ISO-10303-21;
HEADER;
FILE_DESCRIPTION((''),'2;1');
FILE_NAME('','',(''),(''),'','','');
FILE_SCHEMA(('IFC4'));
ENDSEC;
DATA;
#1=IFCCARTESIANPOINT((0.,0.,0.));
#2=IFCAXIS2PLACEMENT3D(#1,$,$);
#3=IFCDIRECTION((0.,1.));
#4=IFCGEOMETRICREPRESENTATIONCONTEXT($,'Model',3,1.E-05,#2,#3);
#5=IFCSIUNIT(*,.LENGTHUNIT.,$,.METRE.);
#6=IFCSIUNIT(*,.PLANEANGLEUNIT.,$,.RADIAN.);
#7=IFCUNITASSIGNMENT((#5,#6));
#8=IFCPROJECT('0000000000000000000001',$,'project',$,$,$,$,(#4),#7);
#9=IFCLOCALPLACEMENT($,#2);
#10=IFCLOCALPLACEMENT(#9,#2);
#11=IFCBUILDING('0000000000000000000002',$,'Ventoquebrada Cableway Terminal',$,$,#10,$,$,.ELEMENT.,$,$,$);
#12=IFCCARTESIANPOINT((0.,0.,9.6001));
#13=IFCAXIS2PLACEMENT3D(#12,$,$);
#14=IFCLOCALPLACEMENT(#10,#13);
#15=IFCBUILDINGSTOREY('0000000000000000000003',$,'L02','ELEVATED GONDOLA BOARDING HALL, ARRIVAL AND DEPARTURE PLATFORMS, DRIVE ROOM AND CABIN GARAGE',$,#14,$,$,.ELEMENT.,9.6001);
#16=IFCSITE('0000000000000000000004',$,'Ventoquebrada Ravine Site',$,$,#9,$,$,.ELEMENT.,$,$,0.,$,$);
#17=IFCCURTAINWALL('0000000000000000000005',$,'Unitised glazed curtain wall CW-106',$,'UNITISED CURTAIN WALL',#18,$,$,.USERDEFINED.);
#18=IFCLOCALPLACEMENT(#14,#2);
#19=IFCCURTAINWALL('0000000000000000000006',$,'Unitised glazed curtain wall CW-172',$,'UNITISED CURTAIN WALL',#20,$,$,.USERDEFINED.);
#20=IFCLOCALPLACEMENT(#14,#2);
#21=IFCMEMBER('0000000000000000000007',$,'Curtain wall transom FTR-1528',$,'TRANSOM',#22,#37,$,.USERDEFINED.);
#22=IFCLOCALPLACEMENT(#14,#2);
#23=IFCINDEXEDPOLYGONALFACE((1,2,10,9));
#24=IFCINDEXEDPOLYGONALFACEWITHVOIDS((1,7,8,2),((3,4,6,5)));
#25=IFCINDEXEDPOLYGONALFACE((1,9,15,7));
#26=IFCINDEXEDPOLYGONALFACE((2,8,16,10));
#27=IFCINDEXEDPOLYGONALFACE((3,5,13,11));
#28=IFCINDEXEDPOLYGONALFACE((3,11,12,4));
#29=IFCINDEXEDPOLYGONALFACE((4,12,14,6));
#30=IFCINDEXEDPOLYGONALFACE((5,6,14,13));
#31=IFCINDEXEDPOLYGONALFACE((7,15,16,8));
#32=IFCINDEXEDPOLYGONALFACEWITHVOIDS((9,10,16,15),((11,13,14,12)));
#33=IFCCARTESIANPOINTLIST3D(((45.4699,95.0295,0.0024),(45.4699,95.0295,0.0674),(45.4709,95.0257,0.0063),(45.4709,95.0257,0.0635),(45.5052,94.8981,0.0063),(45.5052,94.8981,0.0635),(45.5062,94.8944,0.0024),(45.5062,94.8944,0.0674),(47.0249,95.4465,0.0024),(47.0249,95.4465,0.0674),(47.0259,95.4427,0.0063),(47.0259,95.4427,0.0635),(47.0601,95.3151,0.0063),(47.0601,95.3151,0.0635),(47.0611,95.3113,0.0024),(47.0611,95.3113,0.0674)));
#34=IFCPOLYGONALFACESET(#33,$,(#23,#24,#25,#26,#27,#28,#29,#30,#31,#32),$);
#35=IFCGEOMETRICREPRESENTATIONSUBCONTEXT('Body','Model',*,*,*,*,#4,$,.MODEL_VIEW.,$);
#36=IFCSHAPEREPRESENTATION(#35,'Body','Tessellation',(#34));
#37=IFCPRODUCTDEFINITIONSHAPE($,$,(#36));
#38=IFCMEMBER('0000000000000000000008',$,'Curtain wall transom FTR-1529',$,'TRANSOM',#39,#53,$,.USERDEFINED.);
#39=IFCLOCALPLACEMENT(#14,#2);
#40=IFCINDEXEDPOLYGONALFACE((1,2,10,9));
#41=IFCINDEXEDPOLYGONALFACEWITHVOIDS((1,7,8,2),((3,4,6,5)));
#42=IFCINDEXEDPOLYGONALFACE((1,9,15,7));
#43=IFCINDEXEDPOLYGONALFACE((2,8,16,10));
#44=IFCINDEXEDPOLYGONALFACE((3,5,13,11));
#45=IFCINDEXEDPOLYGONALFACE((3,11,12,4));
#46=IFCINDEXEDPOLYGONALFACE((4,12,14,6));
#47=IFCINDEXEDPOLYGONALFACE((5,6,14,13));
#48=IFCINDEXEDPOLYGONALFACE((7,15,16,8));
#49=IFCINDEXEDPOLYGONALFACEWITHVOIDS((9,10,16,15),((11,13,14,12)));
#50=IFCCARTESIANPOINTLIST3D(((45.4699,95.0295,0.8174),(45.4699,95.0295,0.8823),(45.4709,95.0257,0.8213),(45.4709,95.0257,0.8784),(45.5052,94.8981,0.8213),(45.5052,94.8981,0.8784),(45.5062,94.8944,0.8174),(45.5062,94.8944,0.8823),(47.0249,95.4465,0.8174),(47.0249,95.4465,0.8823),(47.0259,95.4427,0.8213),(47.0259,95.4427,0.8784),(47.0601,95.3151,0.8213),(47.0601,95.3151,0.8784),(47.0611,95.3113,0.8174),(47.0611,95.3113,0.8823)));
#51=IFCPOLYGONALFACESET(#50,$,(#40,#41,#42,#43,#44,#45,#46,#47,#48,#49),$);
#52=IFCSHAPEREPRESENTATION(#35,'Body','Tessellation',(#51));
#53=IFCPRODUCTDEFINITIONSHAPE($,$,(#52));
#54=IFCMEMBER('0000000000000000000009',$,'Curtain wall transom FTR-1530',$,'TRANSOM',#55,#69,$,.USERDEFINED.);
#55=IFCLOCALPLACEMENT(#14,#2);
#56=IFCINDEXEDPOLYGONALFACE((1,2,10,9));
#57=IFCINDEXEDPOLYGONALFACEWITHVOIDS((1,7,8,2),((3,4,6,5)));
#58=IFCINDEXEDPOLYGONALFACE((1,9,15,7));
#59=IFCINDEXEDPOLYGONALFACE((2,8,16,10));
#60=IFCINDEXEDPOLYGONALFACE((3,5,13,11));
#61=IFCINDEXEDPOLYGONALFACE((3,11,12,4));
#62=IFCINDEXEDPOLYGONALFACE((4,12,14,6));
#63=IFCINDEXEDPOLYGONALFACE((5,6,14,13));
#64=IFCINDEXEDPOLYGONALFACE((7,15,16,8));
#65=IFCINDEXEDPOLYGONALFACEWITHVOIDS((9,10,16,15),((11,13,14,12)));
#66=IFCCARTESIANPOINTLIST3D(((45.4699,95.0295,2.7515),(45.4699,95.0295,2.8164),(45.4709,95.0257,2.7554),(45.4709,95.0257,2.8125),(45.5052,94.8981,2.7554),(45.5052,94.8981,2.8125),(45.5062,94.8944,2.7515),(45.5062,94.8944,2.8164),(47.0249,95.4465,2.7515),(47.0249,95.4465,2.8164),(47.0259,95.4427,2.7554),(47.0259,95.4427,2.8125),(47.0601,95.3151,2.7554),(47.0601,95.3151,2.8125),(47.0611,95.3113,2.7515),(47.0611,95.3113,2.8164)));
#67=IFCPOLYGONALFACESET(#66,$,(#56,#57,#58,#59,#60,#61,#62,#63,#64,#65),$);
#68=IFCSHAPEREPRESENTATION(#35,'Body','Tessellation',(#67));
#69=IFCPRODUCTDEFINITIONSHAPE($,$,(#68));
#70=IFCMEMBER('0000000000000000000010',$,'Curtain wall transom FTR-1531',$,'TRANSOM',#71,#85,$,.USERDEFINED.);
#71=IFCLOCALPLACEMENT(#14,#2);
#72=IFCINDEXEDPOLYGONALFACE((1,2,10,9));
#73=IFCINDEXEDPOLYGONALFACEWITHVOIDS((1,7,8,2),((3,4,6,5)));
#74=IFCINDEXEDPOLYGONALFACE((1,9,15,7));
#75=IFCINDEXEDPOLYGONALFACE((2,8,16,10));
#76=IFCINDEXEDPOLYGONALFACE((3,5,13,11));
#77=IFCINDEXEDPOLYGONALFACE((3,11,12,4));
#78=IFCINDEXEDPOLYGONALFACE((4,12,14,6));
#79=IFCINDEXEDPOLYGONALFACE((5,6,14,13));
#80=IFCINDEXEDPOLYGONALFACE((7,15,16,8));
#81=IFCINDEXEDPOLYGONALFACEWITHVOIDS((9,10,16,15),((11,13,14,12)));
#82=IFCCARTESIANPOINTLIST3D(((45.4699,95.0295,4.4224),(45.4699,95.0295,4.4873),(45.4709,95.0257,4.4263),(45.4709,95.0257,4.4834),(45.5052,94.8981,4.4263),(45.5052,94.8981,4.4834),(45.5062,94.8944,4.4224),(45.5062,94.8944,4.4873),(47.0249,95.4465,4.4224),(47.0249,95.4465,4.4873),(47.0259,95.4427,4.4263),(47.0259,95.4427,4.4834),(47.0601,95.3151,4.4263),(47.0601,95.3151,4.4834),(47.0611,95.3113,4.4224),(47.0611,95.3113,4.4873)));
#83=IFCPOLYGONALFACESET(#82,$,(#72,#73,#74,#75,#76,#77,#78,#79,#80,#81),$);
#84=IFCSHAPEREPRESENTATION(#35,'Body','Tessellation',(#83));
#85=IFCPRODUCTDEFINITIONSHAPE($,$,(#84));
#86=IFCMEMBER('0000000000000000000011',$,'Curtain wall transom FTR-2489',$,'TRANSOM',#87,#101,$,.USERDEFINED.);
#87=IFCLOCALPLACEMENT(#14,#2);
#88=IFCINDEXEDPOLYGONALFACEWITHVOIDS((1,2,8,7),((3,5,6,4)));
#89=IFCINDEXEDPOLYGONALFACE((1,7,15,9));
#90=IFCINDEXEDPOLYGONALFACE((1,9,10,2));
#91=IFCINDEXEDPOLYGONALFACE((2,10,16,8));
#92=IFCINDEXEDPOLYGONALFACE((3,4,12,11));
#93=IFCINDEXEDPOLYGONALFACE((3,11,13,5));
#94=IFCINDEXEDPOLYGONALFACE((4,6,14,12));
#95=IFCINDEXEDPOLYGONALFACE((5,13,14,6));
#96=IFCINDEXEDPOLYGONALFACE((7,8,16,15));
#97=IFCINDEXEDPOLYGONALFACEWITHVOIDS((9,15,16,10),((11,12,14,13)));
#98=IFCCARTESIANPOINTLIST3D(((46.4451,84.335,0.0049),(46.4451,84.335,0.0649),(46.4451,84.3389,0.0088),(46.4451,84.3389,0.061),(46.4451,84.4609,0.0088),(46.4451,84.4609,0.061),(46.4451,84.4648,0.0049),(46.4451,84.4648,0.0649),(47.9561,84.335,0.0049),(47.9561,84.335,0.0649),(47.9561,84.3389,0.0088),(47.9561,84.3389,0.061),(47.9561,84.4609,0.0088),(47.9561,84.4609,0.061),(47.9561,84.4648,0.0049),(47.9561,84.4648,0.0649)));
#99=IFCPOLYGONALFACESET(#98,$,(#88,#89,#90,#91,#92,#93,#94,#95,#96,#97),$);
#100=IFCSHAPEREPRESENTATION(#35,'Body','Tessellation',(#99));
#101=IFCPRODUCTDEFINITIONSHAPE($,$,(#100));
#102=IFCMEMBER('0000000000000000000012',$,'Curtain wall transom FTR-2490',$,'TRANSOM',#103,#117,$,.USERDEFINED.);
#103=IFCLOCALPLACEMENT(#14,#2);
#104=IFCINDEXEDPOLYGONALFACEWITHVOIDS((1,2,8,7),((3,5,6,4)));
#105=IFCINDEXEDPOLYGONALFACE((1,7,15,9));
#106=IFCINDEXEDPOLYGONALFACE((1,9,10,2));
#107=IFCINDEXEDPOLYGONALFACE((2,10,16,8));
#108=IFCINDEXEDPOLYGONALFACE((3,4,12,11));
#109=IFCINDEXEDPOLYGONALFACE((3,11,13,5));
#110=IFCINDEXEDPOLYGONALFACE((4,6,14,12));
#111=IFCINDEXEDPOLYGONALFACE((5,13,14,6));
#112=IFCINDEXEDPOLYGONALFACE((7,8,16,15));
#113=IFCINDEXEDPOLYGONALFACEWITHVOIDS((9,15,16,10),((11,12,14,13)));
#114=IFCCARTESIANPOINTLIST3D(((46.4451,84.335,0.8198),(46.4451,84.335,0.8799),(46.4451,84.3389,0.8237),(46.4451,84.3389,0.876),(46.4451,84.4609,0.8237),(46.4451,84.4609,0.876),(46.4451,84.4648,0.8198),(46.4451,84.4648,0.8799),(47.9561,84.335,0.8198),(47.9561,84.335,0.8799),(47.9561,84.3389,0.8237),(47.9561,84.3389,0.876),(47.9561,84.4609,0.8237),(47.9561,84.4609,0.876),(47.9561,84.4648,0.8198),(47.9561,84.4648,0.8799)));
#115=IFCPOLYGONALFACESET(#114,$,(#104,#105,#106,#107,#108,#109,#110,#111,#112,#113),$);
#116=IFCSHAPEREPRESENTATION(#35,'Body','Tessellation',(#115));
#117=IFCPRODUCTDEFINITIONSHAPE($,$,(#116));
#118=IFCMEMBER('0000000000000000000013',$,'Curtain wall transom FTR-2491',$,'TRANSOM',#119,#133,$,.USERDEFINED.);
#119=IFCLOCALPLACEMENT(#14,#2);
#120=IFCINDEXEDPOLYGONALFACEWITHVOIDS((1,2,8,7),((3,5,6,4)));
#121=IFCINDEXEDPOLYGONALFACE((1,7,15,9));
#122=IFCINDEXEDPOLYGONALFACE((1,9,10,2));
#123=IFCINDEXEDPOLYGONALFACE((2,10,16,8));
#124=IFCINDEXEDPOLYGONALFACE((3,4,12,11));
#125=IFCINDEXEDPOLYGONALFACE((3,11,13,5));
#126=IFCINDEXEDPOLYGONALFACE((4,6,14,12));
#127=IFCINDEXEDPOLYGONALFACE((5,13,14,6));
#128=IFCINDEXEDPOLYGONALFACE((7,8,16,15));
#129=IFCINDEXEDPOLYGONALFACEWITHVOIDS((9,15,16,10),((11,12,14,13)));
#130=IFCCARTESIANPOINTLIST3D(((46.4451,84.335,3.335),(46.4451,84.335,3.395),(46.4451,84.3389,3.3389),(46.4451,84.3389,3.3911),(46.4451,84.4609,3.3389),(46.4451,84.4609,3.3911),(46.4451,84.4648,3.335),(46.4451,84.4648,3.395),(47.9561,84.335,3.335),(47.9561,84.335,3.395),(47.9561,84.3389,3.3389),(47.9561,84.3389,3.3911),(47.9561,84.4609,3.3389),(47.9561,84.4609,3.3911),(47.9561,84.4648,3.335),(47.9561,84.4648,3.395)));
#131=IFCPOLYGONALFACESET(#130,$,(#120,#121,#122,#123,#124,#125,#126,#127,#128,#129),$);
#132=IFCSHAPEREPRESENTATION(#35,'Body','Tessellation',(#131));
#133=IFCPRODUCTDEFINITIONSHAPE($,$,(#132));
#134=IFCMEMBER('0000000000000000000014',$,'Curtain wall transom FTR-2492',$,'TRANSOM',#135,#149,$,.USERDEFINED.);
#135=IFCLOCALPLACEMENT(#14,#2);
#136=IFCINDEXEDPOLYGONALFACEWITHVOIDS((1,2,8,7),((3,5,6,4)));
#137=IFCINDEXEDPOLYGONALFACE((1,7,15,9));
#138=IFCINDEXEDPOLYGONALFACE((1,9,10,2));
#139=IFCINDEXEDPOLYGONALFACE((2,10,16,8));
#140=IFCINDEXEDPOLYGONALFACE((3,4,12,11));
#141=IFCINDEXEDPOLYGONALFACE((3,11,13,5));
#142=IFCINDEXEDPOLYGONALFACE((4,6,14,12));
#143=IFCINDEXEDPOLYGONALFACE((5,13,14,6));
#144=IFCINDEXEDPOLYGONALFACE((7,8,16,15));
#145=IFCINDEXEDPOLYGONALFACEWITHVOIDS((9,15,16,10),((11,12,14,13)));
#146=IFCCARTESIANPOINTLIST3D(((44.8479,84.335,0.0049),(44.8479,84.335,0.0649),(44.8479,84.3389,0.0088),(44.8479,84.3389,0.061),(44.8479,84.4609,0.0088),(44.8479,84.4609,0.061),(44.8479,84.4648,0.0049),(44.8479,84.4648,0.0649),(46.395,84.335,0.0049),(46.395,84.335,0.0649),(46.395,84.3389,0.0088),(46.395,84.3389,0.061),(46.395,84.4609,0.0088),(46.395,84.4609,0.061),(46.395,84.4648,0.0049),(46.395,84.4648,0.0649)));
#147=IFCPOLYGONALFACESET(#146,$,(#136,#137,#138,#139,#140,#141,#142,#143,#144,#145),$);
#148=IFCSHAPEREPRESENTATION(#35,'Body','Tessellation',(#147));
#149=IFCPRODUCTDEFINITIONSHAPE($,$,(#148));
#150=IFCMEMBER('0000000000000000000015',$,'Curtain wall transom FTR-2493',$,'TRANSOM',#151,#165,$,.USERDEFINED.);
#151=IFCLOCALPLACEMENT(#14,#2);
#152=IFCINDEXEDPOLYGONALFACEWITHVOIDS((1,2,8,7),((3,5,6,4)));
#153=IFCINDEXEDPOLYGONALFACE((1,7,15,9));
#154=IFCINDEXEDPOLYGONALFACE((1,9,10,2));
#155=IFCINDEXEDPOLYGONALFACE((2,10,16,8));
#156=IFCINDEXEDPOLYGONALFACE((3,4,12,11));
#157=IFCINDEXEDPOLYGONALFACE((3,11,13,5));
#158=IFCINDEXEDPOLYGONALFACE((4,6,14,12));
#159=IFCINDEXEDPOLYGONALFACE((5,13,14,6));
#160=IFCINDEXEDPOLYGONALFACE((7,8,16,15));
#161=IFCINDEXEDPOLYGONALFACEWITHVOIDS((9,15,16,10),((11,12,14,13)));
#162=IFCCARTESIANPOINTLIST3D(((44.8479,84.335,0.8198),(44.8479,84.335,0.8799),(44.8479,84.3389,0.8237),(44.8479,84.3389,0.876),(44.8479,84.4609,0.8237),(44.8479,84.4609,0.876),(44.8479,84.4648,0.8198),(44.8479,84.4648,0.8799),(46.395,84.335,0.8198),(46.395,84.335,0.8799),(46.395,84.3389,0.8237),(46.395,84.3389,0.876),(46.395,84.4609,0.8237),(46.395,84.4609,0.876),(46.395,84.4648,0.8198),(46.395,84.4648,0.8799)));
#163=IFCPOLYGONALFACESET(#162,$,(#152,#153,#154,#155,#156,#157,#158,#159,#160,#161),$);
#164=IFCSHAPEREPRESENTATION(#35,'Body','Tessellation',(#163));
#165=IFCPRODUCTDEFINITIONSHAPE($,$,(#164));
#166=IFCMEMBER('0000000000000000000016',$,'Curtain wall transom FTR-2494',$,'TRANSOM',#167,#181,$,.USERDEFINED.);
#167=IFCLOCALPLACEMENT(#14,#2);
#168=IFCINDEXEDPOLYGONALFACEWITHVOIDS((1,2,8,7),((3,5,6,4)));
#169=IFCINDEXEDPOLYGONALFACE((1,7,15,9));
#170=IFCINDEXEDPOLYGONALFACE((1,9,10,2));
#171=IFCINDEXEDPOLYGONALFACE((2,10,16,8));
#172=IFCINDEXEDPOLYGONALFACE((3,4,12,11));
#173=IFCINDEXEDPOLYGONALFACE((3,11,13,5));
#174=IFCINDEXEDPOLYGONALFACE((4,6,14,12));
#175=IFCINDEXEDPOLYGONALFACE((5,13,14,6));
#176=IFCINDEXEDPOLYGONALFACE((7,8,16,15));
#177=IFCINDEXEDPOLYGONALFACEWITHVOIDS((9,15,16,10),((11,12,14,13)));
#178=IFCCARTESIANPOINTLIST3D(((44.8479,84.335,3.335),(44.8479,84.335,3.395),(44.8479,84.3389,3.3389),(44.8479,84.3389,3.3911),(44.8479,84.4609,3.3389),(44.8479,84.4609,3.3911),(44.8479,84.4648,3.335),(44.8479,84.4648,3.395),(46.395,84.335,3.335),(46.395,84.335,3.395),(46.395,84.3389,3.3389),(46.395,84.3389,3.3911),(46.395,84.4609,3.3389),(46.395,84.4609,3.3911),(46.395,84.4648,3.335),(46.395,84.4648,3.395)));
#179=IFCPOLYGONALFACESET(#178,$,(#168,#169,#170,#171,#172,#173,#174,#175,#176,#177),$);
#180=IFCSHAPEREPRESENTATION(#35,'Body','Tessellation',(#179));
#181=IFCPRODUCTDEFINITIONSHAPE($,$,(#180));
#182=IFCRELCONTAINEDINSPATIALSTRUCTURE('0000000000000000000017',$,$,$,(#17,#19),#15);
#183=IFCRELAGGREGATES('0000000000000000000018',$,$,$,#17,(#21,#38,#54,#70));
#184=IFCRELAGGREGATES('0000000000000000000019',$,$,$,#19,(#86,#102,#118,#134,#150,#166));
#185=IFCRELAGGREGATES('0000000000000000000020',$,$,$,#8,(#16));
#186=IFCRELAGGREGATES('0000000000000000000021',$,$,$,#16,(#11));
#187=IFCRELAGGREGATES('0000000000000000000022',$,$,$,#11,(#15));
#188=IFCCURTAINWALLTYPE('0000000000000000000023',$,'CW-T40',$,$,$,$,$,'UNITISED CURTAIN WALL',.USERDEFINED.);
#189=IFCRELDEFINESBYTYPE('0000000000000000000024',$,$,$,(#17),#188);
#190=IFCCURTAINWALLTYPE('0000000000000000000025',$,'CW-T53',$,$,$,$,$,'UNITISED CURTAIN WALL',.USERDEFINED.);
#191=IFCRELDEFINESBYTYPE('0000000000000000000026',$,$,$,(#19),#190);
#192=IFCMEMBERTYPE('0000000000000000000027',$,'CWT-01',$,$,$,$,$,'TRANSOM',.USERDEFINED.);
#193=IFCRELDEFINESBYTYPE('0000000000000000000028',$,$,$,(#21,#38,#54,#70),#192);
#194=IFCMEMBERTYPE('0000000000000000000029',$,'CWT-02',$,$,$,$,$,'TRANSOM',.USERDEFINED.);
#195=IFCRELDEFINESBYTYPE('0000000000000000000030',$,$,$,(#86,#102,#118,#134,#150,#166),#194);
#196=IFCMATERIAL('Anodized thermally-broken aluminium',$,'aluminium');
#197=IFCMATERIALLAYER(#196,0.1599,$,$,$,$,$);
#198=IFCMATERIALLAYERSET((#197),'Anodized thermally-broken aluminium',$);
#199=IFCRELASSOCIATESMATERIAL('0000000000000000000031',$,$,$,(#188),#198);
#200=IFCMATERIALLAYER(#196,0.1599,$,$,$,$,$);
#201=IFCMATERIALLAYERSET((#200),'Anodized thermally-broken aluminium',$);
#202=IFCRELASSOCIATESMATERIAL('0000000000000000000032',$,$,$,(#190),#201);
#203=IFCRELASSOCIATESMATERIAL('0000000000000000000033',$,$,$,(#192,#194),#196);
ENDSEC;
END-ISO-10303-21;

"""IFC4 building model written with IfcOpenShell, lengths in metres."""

from ifc_helpers import new_model, si_unit, direction, frame, origin, origin_2d, place, context, subcontext, project, spatial, hollow_rectangle, extrude, material, layer, layer_set, material_profile, profile_set, type_object, element, aggregate, save


model = new_model("IFC4")

# Units and contexts
model_context = context("Model", 3, precision=1e-05, world=origin(), true_north=direction((0.0, 1.0)))
body_context = subcontext(model_context, "Body", "Model", "MODEL_VIEW")
ifc_project = project(units=[si_unit("LENGTHUNIT", "METRE"), si_unit("PLANEANGLEUNIT", "RADIAN")], contexts=[model_context])

# Site, building, storey
site_placement = place(None, origin())
site = spatial("IfcSite", under=ifc_project, at=site_placement, Name="Ventoquebrada Ravine Site", CompositionType="ELEMENT", RefElevation=0.0)
building_placement = place(site_placement, origin())
building = spatial("IfcBuilding", under=site, at=building_placement, Name="Ventoquebrada Cableway Terminal", CompositionType="ELEMENT")
storey_placement = place(building_placement, frame((0.0, 0.0, 9.6001)))
storey = spatial("IfcBuildingStorey", under=building, at=storey_placement, Name="L02", Description="ELEVATED GONDOLA BOARDING HALL, ARRIVAL AND DEPARTURE PLATFORMS, DRIVE ROOM AND CABIN GARAGE", CompositionType="ELEMENT", Elevation=9.6001)

# Curtain wall
ifc_material_1 = material(Name="Anodized thermally-broken aluminium", Category="aluminium")
ifc_layer_1 = layer(ifc_material_1, 0.1599)
ifc_layer_set_1 = layer_set([ifc_layer_1], Name="Anodized thermally-broken aluminium")
curtain_wall_type_1 = type_object("IfcCurtainWallType", Name="CW-T40", ElementType="UNITISED CURTAIN WALL", PredefinedType="USERDEFINED", material=ifc_layer_set_1)
curtain_wall_1_placement = place(storey_placement, origin())
curtain_wall_1 = element("IfcCurtainWall", 1, at=curtain_wall_1_placement, inside=storey, type_object=curtain_wall_type_1, Name="Unitised glazed curtain wall CW-106", ObjectType="UNITISED CURTAIN WALL", PredefinedType="USERDEFINED")

# Curtain wall
ifc_layer_2 = layer(ifc_material_1, 0.1599)
ifc_layer_set_2 = layer_set([ifc_layer_2], Name="Anodized thermally-broken aluminium")
curtain_wall_type_2 = type_object("IfcCurtainWallType", Name="CW-T53", ElementType="UNITISED CURTAIN WALL", PredefinedType="USERDEFINED", material=ifc_layer_set_2)
curtain_wall_2_placement = place(storey_placement, origin())
curtain_wall_2 = element("IfcCurtainWall", 2, at=curtain_wall_2_placement, inside=storey, type_object=curtain_wall_type_2, Name="Unitised glazed curtain wall CW-172", ObjectType="UNITISED CURTAIN WALL", PredefinedType="USERDEFINED")

# Members
ifc_material_profile_1 = material_profile(ifc_material_1, hollow_rectangle(XDim=0.0649, YDim=0.1399, WallThickness=0.0039, at=origin_2d()), Name="CW-TRN-65X140")
ifc_profile_set_1 = profile_set([ifc_material_profile_1], Name="Anodized thermally-broken aluminium")
member_type_1 = type_object("IfcMemberType", Name="CWT-01", ElementType="TRANSOM", PredefinedType="USERDEFINED", material=ifc_profile_set_1)
member_1_placement = place(storey_placement, frame((47.043, 95.3789, 0.0349), z_axis=(-0.965872, -0.259022, 0.0), x_axis=(0.0, 0.0, 1.0)))
member_1 = element("IfcMember", 3, at=member_1_placement, type_object=member_type_1, Name="Curtain wall transom FTR-1528", ObjectType="TRANSOM", PredefinedType="USERDEFINED", context=body_context, shape_type="SweptSolid", body=[
    extrude(hollow_rectangle(XDim=0.0649, YDim=0.1399, WallThickness=0.0039, at=origin_2d()), origin(), (0.0, 0.0, 1.0), 1.6099),
])
member_2_placement = place(storey_placement, frame((47.043, 95.3789, 0.8499), z_axis=(-0.965872, -0.259022, 0.0), x_axis=(0.0, 0.0, 1.0)))
member_2 = element("IfcMember", 4, at=member_2_placement, type_object=member_type_1, Name="Curtain wall transom FTR-1529", ObjectType="TRANSOM", PredefinedType="USERDEFINED", context=body_context, shape_type="SweptSolid", body=[
    extrude(hollow_rectangle(XDim=0.0649, YDim=0.1399, WallThickness=0.0039, at=origin_2d()), origin(), (0.0, 0.0, 1.0), 1.6099),
])
member_3_placement = place(storey_placement, frame((47.043, 95.3789, 2.7839), z_axis=(-0.965872, -0.259022, 0.0), x_axis=(0.0, 0.0, 1.0)))
member_3 = element("IfcMember", 5, at=member_3_placement, type_object=member_type_1, Name="Curtain wall transom FTR-1530", ObjectType="TRANSOM", PredefinedType="USERDEFINED", context=body_context, shape_type="SweptSolid", body=[
    extrude(hollow_rectangle(XDim=0.0649, YDim=0.1399, WallThickness=0.0039, at=origin_2d()), origin(), (0.0, 0.0, 1.0), 1.6099),
])
member_4_placement = place(storey_placement, frame((47.043, 95.3789, 4.4548), z_axis=(-0.965872, -0.259022, 0.0), x_axis=(0.0, 0.0, 1.0)))
member_4 = element("IfcMember", 6, at=member_4_placement, type_object=member_type_1, Name="Curtain wall transom FTR-1531", ObjectType="TRANSOM", PredefinedType="USERDEFINED", context=body_context, shape_type="SweptSolid", body=[
    extrude(hollow_rectangle(XDim=0.0649, YDim=0.1399, WallThickness=0.0039, at=origin_2d()), origin(), (0.0, 0.0, 1.0), 1.6099),
])
ifc_material_profile_2 = material_profile(ifc_material_1, hollow_rectangle(XDim=0.0601, YDim=0.1299, WallThickness=0.0039, at=origin_2d()), Name="CW-TRN-60X130")
ifc_profile_set_2 = profile_set([ifc_material_profile_2], Name="Anodized thermally-broken aluminium")
member_type_2 = type_object("IfcMemberType", Name="CWT-02", ElementType="TRANSOM", PredefinedType="USERDEFINED", material=ifc_profile_set_2)
member_5_placement = place(storey_placement, frame((47.9561, 84.3999, 0.0349), z_axis=(-1.0, 0.0, 0.0), x_axis=(0.0, 0.0, 1.0)))
member_5 = element("IfcMember", 7, at=member_5_placement, type_object=member_type_2, Name="Curtain wall transom FTR-2489", ObjectType="TRANSOM", PredefinedType="USERDEFINED", context=body_context, shape_type="SweptSolid", body=[
    extrude(hollow_rectangle(XDim=0.0601, YDim=0.1299, WallThickness=0.0039, at=origin_2d()), origin(), (0.0, 0.0, 1.0), 1.511),
])
member_6_placement = place(storey_placement, frame((47.9561, 84.3999, 0.8499), z_axis=(-1.0, 0.0, 0.0), x_axis=(0.0, 0.0, 1.0)))
member_6 = element("IfcMember", 8, at=member_6_placement, type_object=member_type_2, Name="Curtain wall transom FTR-2490", ObjectType="TRANSOM", PredefinedType="USERDEFINED", context=body_context, shape_type="SweptSolid", body=[
    extrude(hollow_rectangle(XDim=0.0601, YDim=0.1299, WallThickness=0.0039, at=origin_2d()), origin(), (0.0, 0.0, 1.0), 1.511),
])
member_7_placement = place(storey_placement, frame((47.9561, 84.3999, 3.365), z_axis=(-1.0, 0.0, 0.0), x_axis=(0.0, 0.0, 1.0)))
member_7 = element("IfcMember", 9, at=member_7_placement, type_object=member_type_2, Name="Curtain wall transom FTR-2491", ObjectType="TRANSOM", PredefinedType="USERDEFINED", context=body_context, shape_type="SweptSolid", body=[
    extrude(hollow_rectangle(XDim=0.0601, YDim=0.1299, WallThickness=0.0039, at=origin_2d()), origin(), (0.0, 0.0, 1.0), 1.511),
])
member_8_placement = place(storey_placement, frame((46.395, 84.3999, 0.0349), z_axis=(-1.0, 0.0, 0.0), x_axis=(0.0, 0.0, 1.0)))
member_8 = element("IfcMember", 10, at=member_8_placement, type_object=member_type_2, Name="Curtain wall transom FTR-2492", ObjectType="TRANSOM", PredefinedType="USERDEFINED", context=body_context, shape_type="SweptSolid", body=[
    extrude(hollow_rectangle(XDim=0.0601, YDim=0.1299, WallThickness=0.0039, at=origin_2d()), origin(), (0.0, 0.0, 1.0), 1.5471),
])
member_9_placement = place(storey_placement, frame((46.395, 84.3999, 0.8499), z_axis=(-1.0, 0.0, 0.0), x_axis=(0.0, 0.0, 1.0)))
member_9 = element("IfcMember", 11, at=member_9_placement, type_object=member_type_2, Name="Curtain wall transom FTR-2493", ObjectType="TRANSOM", PredefinedType="USERDEFINED", context=body_context, shape_type="SweptSolid", body=[
    extrude(hollow_rectangle(XDim=0.0601, YDim=0.1299, WallThickness=0.0039, at=origin_2d()), origin(), (0.0, 0.0, 1.0), 1.5471),
])
member_10_placement = place(storey_placement, frame((46.395, 84.3999, 3.365), z_axis=(-1.0, 0.0, 0.0), x_axis=(0.0, 0.0, 1.0)))
member_10 = element("IfcMember", 12, at=member_10_placement, type_object=member_type_2, Name="Curtain wall transom FTR-2494", ObjectType="TRANSOM", PredefinedType="USERDEFINED", context=body_context, shape_type="SweptSolid", body=[
    extrude(hollow_rectangle(XDim=0.0601, YDim=0.1299, WallThickness=0.0039, at=origin_2d()), origin(), (0.0, 0.0, 1.0), 1.5471),
])

aggregate(curtain_wall_1, [member_1, member_2, member_3, member_4])
aggregate(curtain_wall_2, [member_5, member_6, member_7, member_8, member_9, member_10])

save(model, "model.ifc")
